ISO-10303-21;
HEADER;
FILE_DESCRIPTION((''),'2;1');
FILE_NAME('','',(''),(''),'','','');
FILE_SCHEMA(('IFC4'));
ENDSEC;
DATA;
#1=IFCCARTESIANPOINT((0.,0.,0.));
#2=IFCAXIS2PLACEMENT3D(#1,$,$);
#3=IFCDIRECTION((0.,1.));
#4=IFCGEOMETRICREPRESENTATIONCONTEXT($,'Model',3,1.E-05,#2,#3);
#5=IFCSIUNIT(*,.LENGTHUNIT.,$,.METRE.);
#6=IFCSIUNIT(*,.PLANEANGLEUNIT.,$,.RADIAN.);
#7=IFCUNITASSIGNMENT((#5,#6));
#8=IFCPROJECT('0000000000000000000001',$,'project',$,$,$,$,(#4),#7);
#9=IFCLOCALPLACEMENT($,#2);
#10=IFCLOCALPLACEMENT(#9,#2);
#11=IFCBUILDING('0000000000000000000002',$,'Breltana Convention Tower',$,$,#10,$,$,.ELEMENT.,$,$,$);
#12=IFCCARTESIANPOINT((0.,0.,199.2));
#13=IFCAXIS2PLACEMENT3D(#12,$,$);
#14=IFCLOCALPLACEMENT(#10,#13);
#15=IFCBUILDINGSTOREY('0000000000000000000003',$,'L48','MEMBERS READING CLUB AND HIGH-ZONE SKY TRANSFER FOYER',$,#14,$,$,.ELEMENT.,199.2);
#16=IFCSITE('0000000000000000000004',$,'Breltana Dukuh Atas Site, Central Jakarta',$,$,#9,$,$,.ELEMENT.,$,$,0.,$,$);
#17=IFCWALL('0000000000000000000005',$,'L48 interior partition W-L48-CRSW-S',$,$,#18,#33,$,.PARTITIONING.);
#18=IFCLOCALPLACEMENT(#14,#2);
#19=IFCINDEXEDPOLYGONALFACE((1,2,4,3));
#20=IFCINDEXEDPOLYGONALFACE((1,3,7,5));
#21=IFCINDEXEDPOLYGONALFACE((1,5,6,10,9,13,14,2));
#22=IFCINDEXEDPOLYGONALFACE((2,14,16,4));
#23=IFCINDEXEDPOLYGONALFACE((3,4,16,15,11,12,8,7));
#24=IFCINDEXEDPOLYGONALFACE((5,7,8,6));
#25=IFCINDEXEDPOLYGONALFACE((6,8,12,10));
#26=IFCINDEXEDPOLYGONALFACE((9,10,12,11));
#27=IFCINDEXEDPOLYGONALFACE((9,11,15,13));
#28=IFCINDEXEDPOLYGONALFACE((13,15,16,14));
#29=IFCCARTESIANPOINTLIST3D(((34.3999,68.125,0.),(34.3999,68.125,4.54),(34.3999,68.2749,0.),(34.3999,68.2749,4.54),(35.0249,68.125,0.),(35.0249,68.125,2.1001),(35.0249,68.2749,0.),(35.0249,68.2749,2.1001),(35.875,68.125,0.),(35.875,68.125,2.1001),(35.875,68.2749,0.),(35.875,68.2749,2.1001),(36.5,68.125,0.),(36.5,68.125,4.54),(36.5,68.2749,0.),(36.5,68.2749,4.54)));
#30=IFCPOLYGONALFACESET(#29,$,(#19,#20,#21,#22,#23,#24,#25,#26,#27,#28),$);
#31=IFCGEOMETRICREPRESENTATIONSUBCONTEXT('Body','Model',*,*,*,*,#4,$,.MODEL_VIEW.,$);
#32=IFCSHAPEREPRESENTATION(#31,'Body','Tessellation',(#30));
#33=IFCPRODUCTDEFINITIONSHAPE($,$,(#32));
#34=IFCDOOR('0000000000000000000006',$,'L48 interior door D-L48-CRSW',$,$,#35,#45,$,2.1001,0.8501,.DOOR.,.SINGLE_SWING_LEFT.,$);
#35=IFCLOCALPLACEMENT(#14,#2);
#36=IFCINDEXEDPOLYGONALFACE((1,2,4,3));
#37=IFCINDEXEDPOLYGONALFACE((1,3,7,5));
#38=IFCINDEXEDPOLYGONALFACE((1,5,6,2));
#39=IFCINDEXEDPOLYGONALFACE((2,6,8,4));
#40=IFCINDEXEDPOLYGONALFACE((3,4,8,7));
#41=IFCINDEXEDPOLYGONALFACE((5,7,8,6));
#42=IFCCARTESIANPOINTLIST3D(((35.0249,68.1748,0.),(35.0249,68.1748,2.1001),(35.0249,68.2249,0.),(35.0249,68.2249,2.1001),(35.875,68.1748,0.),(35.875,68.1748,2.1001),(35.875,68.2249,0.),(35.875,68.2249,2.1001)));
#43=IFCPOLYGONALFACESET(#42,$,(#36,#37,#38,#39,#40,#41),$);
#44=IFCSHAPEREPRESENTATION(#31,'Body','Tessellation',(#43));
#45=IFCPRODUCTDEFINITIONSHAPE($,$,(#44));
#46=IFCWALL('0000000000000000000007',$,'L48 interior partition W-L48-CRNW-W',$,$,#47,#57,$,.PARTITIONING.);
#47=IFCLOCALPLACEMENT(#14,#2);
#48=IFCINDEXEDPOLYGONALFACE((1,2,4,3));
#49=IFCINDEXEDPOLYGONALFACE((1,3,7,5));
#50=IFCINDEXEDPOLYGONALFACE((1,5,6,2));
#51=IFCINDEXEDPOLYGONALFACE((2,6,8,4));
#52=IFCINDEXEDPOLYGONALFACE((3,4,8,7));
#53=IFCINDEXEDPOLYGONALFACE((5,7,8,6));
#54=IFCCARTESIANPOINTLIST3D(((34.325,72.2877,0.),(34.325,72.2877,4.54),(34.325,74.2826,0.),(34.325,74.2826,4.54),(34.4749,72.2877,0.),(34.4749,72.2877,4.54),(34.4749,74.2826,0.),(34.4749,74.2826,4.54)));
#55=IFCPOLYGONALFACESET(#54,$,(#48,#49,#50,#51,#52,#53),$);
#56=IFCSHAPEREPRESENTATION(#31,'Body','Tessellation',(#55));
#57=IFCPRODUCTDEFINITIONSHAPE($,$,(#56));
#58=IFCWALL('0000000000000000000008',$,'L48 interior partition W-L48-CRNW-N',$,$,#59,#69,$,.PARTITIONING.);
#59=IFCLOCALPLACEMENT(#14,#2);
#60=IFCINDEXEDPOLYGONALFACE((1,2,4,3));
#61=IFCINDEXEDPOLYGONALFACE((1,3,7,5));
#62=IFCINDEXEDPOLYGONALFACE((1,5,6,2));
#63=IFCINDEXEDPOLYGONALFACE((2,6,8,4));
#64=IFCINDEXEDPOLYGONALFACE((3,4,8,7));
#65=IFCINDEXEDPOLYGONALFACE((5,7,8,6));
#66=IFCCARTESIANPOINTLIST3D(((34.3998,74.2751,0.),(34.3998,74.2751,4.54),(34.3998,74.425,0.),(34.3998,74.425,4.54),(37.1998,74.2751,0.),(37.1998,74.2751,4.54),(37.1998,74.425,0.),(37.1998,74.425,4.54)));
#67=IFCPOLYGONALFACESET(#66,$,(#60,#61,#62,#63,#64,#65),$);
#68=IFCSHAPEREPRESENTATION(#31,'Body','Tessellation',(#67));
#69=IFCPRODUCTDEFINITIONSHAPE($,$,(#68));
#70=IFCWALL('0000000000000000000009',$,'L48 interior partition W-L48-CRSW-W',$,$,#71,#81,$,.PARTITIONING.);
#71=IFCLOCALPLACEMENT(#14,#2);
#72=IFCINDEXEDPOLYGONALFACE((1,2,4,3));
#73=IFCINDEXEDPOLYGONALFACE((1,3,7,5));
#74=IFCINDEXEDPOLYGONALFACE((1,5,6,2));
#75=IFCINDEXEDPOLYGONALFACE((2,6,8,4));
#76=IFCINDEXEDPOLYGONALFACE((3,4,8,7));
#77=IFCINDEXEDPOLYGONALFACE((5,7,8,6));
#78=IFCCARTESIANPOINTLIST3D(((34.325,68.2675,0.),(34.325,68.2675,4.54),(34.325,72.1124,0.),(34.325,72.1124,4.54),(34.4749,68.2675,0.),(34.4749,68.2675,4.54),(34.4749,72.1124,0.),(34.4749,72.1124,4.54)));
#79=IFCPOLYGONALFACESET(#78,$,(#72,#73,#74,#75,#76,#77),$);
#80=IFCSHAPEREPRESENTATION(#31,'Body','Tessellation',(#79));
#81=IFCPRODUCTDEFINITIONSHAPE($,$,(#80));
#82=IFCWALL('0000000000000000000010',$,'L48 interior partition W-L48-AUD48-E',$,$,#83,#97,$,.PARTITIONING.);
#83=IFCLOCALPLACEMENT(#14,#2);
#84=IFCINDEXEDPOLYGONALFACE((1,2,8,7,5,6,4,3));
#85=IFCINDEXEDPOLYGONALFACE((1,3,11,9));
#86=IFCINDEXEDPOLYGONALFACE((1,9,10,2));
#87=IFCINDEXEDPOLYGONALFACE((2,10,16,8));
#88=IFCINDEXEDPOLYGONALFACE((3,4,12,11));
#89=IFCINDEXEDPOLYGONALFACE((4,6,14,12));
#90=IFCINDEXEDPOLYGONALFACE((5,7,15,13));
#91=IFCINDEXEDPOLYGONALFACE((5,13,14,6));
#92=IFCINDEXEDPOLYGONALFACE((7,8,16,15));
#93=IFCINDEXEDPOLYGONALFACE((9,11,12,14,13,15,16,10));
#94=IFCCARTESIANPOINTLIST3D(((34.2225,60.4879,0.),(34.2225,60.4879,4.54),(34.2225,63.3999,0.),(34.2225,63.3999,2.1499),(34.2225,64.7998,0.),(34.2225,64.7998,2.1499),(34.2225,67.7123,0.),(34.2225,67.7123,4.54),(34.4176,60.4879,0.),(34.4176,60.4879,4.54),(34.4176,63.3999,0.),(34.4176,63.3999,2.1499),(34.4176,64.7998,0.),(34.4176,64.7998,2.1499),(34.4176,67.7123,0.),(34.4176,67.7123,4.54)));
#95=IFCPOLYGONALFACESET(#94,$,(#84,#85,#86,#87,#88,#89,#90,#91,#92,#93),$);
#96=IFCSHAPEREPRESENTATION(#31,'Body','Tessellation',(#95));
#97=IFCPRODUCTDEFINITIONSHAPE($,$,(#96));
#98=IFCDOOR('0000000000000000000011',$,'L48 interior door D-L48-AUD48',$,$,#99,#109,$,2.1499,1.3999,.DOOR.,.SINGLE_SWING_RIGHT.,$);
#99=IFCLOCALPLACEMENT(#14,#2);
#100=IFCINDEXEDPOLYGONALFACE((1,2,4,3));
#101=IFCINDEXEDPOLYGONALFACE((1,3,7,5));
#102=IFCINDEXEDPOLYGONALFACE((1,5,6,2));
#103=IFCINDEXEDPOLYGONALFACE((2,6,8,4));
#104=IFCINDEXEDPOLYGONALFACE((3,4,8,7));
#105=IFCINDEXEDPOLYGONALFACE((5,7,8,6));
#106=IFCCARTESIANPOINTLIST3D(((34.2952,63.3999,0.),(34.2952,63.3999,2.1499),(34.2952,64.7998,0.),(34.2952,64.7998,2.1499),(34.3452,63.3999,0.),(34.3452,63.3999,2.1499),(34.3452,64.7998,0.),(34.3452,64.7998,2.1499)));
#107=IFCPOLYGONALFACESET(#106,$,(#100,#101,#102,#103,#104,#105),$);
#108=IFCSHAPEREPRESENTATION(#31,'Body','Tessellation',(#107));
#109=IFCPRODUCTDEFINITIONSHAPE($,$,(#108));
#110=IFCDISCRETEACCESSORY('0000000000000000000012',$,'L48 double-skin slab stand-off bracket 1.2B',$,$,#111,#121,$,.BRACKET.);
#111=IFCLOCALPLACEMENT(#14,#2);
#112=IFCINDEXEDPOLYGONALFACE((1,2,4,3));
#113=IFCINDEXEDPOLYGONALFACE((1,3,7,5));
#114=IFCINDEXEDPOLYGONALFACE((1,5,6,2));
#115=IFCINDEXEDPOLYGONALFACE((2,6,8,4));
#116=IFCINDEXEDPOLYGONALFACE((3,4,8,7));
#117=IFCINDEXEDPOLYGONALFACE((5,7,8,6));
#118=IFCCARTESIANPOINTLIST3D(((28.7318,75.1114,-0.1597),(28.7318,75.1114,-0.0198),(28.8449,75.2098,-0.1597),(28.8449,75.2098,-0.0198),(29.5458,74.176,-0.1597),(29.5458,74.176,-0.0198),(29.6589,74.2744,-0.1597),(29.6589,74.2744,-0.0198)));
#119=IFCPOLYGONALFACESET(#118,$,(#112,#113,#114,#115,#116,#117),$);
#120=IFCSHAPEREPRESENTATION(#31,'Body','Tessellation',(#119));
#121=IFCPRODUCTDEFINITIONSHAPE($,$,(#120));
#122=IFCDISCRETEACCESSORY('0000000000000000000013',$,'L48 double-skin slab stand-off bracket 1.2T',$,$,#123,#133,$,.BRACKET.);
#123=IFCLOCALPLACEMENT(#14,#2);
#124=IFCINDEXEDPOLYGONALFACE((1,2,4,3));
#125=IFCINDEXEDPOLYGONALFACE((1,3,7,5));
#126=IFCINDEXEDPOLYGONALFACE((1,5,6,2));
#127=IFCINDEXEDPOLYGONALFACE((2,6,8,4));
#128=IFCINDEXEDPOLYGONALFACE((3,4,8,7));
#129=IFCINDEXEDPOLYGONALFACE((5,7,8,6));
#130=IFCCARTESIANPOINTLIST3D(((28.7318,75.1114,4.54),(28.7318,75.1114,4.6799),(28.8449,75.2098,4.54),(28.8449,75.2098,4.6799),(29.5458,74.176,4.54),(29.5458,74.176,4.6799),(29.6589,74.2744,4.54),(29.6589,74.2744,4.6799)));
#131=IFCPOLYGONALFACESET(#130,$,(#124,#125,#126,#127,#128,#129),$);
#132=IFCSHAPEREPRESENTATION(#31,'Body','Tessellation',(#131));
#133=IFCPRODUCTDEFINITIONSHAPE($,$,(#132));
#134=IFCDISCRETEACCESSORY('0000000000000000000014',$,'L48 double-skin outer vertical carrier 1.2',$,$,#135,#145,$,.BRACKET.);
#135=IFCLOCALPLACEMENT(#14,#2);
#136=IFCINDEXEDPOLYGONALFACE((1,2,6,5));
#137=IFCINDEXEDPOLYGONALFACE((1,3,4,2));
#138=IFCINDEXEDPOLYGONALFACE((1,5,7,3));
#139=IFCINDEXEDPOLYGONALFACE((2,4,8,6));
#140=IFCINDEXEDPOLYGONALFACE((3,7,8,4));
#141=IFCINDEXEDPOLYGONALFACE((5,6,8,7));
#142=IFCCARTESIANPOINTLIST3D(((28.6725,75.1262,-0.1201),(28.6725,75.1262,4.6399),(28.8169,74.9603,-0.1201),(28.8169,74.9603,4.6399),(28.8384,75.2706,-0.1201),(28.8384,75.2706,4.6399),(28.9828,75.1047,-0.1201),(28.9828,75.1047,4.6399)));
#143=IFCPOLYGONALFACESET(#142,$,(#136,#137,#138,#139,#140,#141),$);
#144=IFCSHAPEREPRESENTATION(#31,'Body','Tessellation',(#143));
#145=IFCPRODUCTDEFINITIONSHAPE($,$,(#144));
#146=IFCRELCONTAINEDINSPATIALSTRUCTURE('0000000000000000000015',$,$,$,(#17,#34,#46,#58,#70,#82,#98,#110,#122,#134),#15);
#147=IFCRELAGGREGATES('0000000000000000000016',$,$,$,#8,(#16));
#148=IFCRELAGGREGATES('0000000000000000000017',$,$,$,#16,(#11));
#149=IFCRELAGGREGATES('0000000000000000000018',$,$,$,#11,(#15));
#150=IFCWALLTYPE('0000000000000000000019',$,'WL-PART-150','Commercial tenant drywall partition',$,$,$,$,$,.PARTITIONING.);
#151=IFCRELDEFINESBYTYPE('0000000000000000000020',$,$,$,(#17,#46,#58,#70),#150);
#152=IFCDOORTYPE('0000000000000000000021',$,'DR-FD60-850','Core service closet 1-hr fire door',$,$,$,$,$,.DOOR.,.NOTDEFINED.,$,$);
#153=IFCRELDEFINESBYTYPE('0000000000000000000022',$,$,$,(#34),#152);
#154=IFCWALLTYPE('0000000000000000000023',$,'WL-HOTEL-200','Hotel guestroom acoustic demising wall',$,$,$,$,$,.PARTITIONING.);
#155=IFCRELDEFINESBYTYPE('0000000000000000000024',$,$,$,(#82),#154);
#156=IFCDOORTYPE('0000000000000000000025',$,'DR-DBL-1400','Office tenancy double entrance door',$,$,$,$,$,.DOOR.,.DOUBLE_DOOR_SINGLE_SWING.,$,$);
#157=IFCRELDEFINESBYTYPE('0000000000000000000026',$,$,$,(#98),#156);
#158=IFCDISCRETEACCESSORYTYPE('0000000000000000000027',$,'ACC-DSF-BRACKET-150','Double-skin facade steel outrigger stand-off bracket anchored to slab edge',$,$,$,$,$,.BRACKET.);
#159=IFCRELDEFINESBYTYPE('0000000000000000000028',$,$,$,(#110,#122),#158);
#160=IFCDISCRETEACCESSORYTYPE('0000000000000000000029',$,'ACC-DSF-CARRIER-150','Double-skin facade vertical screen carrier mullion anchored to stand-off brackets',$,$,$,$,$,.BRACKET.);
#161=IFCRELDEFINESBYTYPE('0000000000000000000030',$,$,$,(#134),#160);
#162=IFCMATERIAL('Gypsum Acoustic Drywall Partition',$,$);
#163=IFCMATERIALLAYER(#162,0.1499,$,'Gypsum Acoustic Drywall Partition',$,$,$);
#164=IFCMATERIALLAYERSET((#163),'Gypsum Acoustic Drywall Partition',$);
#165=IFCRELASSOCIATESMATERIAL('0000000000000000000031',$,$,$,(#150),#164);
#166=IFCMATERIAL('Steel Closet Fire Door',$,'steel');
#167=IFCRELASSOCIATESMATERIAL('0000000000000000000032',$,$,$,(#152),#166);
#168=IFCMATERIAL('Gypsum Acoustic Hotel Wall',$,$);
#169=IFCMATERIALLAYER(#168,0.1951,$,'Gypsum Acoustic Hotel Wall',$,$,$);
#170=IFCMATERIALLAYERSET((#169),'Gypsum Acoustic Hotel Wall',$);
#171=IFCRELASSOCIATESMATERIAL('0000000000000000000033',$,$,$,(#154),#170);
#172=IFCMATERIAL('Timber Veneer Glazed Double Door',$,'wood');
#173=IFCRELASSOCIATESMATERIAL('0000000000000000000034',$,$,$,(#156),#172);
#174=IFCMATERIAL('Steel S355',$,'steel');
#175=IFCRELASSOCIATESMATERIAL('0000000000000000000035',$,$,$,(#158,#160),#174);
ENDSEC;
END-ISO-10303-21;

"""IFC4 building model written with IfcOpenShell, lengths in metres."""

from ifc_helpers import new_model, si_unit, direction, frame, frame_2d, origin, origin_2d, place, context, subcontext, project, spatial, rectangle, extrude, source, transform, mapped, material, layer, layer_set, type_object, type_shapes, element, fill, save


model = new_model("IFC4")

# Units and contexts
model_context = context("Model", 3, precision=1e-05, world=origin(), true_north=direction((0.0, 1.0)))
body_context = subcontext(model_context, "Body", "Model", "MODEL_VIEW")
ifc_project = project(units=[si_unit("LENGTHUNIT", "METRE"), si_unit("PLANEANGLEUNIT", "RADIAN")], contexts=[model_context])

# Site, building, storey
site_placement = place(None, origin())
site = spatial("IfcSite", under=ifc_project, at=site_placement, Name="Breltana Dukuh Atas Site, Central Jakarta", CompositionType="ELEMENT", RefElevation=0.0)
building_placement = place(site_placement, origin())
building = spatial("IfcBuilding", under=site, at=building_placement, Name="Breltana Convention Tower", CompositionType="ELEMENT")
storey_placement = place(building_placement, frame((0.0, 0.0, 199.2)))
storey = spatial("IfcBuildingStorey", under=building, at=storey_placement, Name="L48", Description="MEMBERS READING CLUB AND HIGH-ZONE SKY TRANSFER FOYER", CompositionType="ELEMENT", Elevation=199.2)

# Shared definitions
ifc_material_1 = material(Name="Gypsum Acoustic Drywall Partition")
ifc_layer_1 = layer(ifc_material_1, 0.1499, Name="Gypsum Acoustic Drywall Partition")
ifc_layer_set_1 = layer_set([ifc_layer_1], Name="Gypsum Acoustic Drywall Partition")
wall_type_1 = type_object("IfcWallType", Name="WL-PART-150", Description="Commercial tenant drywall partition", PredefinedType="PARTITIONING", material=ifc_layer_set_1)
shared_shape_1 = source(origin(), body_context, "Body", "SweptSolid", [
    extrude(rectangle(XDim=2.1001, YDim=0.1499, at=frame_2d((1.05, 0.0))), origin(), (0.0, 0.0, 1.0), 4.54),
])

# Wall, opening, door
wall_1_placement = place(storey_placement, frame((34.3999, 68.2, 0.0), z_axis=(0.0, 0.0, 1.0), x_axis=(1.0, 0.0, 0.0)))
wall_1 = element("IfcWall", 1, at=wall_1_placement, inside=storey, type_object=wall_type_1, Name="L48 interior partition W-L48-CRSW-S", PredefinedType="PARTITIONING", context=body_context, shape_type="MappedRepresentation", body=[
    mapped(shared_shape_1, transform((0.0, 0.0, 0.0), scale=1.0)),
])
opening_1_placement = place(wall_1_placement, frame((0.625, 0.0, 0.0)))
opening_1 = element("IfcOpeningElement", 2, at=opening_1_placement, cuts=wall_1, PredefinedType="OPENING", context=body_context, shape_type="SweptSolid", body=[
    extrude(rectangle(XDim=0.8501, YDim=2.1001, at=frame_2d((0.425, 1.05))), frame((0.0, 0.085, 0.0), z_axis=(0.0, -1.0, 0.0), x_axis=(1.0, 0.0, 0.0)), (0.0, 0.0, 1.0), 0.1699),
])
ifc_material_2 = material(Name="Steel Closet Fire Door", Category="steel")
door_type_1 = type_object("IfcDoorType", Name="DR-FD60-850", Description="Core service closet 1-hr fire door", OperationType="NOTDEFINED", PredefinedType="DOOR", material=ifc_material_2)
shared_shape_2 = source(origin(), body_context, "Body", "SweptSolid", [
    extrude(rectangle(XDim=0.8501, YDim=2.1001, at=frame_2d((0.425, 1.05))), frame((0.0, 0.0249, 0.0), z_axis=(0.0, -1.0, 0.0), x_axis=(1.0, 0.0, 0.0)), (0.0, 0.0, 1.0), 0.05),
])
type_shapes(door_type_1, [shared_shape_2])
door_1_placement = place(opening_1_placement, origin())
door_1 = element("IfcDoor", 3, at=door_1_placement, inside=storey, type_object=door_type_1, Name="L48 interior door D-L48-CRSW", OperationType="SINGLE_SWING_LEFT", OverallHeight=2.1001, OverallWidth=0.8501, PredefinedType="DOOR", context=body_context, shape_type="MappedRepresentation", body=[
    mapped(shared_shape_2, transform((0.0, 0.0, 0.0), scale=1.0)),
])
fill(opening_1, door_1)

# Walls
shared_shape_3 = source(origin(), body_context, "Body", "SweptSolid", [
    extrude(rectangle(XDim=1.9949, YDim=0.1499, at=frame_2d((0.9976, 0.0))), origin(), (0.0, 0.0, 1.0), 4.54),
])
wall_2_placement = place(storey_placement, frame((34.3999, 72.2876, 0.0), z_axis=(0.0, 0.0, 1.0), x_axis=(0.0, 1.0, 0.0)))
element("IfcWall", 4, at=wall_2_placement, inside=storey, type_object=wall_type_1, Name="L48 interior partition W-L48-CRNW-W", PredefinedType="PARTITIONING", context=body_context, shape_type="MappedRepresentation", body=[
    mapped(shared_shape_3, transform((0.0, 0.0, 0.0), scale=1.0)),
])
shared_shape_4 = source(origin(), body_context, "Body", "SweptSolid", [
    extrude(rectangle(XDim=2.8, YDim=0.1499, at=frame_2d((1.3999, 0.0))), origin(), (0.0, 0.0, 1.0), 4.54),
])
wall_3_placement = place(storey_placement, frame((34.3999, 74.3501, 0.0), z_axis=(0.0, 0.0, 1.0), x_axis=(1.0, 0.0, 0.0)))
element("IfcWall", 5, at=wall_3_placement, inside=storey, type_object=wall_type_1, Name="L48 interior partition W-L48-CRNW-N", PredefinedType="PARTITIONING", context=body_context, shape_type="MappedRepresentation", body=[
    mapped(shared_shape_4, transform((0.0, 0.0, 0.0), scale=1.0)),
])
shared_shape_5 = source(origin(), body_context, "Body", "SweptSolid", [
    extrude(rectangle(XDim=3.845, YDim=0.1499, at=frame_2d((1.9224, 0.0))), origin(), (0.0, 0.0, 1.0), 4.54),
])
wall_4_placement = place(storey_placement, frame((34.3999, 68.2676, 0.0), z_axis=(0.0, 0.0, 1.0), x_axis=(0.0, 1.0, 0.0)))
element("IfcWall", 6, at=wall_4_placement, inside=storey, type_object=wall_type_1, Name="L48 interior partition W-L48-CRSW-W", PredefinedType="PARTITIONING", context=body_context, shape_type="MappedRepresentation", body=[
    mapped(shared_shape_5, transform((0.0, 0.0, 0.0), scale=1.0)),
])

# Wall, opening, door
ifc_material_3 = material(Name="Gypsum Acoustic Hotel Wall")
ifc_layer_2 = layer(ifc_material_3, 0.1951, Name="Gypsum Acoustic Hotel Wall")
ifc_layer_set_2 = layer_set([ifc_layer_2], Name="Gypsum Acoustic Hotel Wall")
wall_type_2 = type_object("IfcWallType", Name="WL-HOTEL-200", Description="Hotel guestroom acoustic demising wall", PredefinedType="PARTITIONING", material=ifc_layer_set_2)
shared_shape_6 = source(origin(), body_context, "Body", "SweptSolid", [
    extrude(rectangle(XDim=7.2244, YDim=0.1951, at=frame_2d((3.6123, 0.0))), origin(), (0.0, 0.0, 1.0), 4.54),
])
wall_5_placement = place(storey_placement, frame((34.3201, 60.4878, 0.0), z_axis=(0.0, 0.0, 1.0), x_axis=(0.0, 1.0, 0.0)))
wall_5 = element("IfcWall", 7, at=wall_5_placement, inside=storey, type_object=wall_type_2, Name="L48 interior partition W-L48-AUD48-E", PredefinedType="PARTITIONING", context=body_context, shape_type="MappedRepresentation", body=[
    mapped(shared_shape_6, transform((0.0, 0.0, 0.0), scale=1.0)),
])
opening_2_placement = place(wall_5_placement, frame((2.9121, 0.0, 0.0)))
opening_2 = element("IfcOpeningElement", 8, at=opening_2_placement, cuts=wall_5, PredefinedType="OPENING", context=body_context, shape_type="SweptSolid", body=[
    extrude(rectangle(XDim=1.3999, YDim=2.1499, at=frame_2d((0.7, 1.075))), frame((0.0, 0.1074, 0.0), z_axis=(0.0, -1.0, 0.0), x_axis=(1.0, 0.0, 0.0)), (0.0, 0.0, 1.0), 0.2151),
])
ifc_material_4 = material(Name="Timber Veneer Glazed Double Door", Category="wood")
door_type_2 = type_object("IfcDoorType", Name="DR-DBL-1400", Description="Office tenancy double entrance door", OperationType="DOUBLE_DOOR_SINGLE_SWING", PredefinedType="DOOR", material=ifc_material_4)
shared_shape_7 = source(origin(), body_context, "Body", "SweptSolid", [
    extrude(rectangle(XDim=1.3999, YDim=2.1499, at=frame_2d((0.7, 1.075))), frame((0.0, 0.0249, 0.0), z_axis=(0.0, -1.0, 0.0), x_axis=(1.0, 0.0, 0.0)), (0.0, 0.0, 1.0), 0.05),
])
type_shapes(door_type_2, [shared_shape_7])
door_2_placement = place(opening_2_placement, origin())
door_2 = element("IfcDoor", 9, at=door_2_placement, inside=storey, type_object=door_type_2, Name="L48 interior door D-L48-AUD48", OperationType="SINGLE_SWING_RIGHT", OverallHeight=2.1499, OverallWidth=1.3999, PredefinedType="DOOR", context=body_context, shape_type="MappedRepresentation", body=[
    mapped(shared_shape_7, transform((0.0, 0.0, 0.0), scale=1.0)),
])
fill(opening_2, door_2)

# Discrete accessories
ifc_material_5 = material(Name="Steel S355", Category="steel")
discrete_accessory_type_1 = type_object("IfcDiscreteAccessoryType", Name="ACC-DSF-BRACKET-150", Description="Double-skin facade steel outrigger stand-off bracket anchored to slab edge", PredefinedType="BRACKET", material=ifc_material_5)
shared_shape_8 = source(origin(), body_context, "Body", "SweptSolid", [
    extrude(rectangle(XDim=1.24, YDim=0.1499, at=origin_2d()), origin(), (0.0, 0.0, 1.0), 0.1399),
])
type_shapes(discrete_accessory_type_1, [shared_shape_8])
for number, where, z_axis, x_axis, name in (
    (10, (29.1953, 74.6929, -0.1597), (0.0, 0.0, 1.0), (-0.656452, 0.754368, 0.0), "L48 double-skin slab stand-off bracket 1.2B"),
    (11, (29.1953, 74.6929, 4.54), (0.0, 0.0, 1.0), (-0.656452, 0.754368, 0.0), "L48 double-skin slab stand-off bracket 1.2T"),
):
    element("IfcDiscreteAccessory", number, at=place(storey_placement, frame(where, z_axis=z_axis, x_axis=x_axis)), inside=storey, type_object=discrete_accessory_type_1, Name=name, PredefinedType="BRACKET", context=body_context, shape_type="MappedRepresentation", body=[
        mapped(shared_shape_8, transform((0.0, 0.0, 0.0), scale=1.0)),
    ])
discrete_accessory_type_2 = type_object("IfcDiscreteAccessoryType", Name="ACC-DSF-CARRIER-150", Description="Double-skin facade vertical screen carrier mullion anchored to stand-off brackets", PredefinedType="BRACKET", material=ifc_material_5)
shared_shape_9 = source(origin(), body_context, "Body", "SweptSolid", [
    extrude(rectangle(XDim=0.22, YDim=0.22, at=origin_2d()), origin(), (0.0, 0.0, 1.0), 4.76),
])
discrete_accessory_placement = place(storey_placement, frame((28.8276, 75.1155, -0.1201), z_axis=(0.0, 0.0, 1.0), x_axis=(-0.656452, 0.754368, 0.0)))
element("IfcDiscreteAccessory", 12, at=discrete_accessory_placement, inside=storey, type_object=discrete_accessory_type_2, Name="L48 double-skin outer vertical carrier 1.2", PredefinedType="BRACKET", context=body_context, shape_type="MappedRepresentation", body=[
    mapped(shared_shape_9, transform((0.0, 0.0, 0.0), scale=1.0)),
])

save(model, "model.ifc")
